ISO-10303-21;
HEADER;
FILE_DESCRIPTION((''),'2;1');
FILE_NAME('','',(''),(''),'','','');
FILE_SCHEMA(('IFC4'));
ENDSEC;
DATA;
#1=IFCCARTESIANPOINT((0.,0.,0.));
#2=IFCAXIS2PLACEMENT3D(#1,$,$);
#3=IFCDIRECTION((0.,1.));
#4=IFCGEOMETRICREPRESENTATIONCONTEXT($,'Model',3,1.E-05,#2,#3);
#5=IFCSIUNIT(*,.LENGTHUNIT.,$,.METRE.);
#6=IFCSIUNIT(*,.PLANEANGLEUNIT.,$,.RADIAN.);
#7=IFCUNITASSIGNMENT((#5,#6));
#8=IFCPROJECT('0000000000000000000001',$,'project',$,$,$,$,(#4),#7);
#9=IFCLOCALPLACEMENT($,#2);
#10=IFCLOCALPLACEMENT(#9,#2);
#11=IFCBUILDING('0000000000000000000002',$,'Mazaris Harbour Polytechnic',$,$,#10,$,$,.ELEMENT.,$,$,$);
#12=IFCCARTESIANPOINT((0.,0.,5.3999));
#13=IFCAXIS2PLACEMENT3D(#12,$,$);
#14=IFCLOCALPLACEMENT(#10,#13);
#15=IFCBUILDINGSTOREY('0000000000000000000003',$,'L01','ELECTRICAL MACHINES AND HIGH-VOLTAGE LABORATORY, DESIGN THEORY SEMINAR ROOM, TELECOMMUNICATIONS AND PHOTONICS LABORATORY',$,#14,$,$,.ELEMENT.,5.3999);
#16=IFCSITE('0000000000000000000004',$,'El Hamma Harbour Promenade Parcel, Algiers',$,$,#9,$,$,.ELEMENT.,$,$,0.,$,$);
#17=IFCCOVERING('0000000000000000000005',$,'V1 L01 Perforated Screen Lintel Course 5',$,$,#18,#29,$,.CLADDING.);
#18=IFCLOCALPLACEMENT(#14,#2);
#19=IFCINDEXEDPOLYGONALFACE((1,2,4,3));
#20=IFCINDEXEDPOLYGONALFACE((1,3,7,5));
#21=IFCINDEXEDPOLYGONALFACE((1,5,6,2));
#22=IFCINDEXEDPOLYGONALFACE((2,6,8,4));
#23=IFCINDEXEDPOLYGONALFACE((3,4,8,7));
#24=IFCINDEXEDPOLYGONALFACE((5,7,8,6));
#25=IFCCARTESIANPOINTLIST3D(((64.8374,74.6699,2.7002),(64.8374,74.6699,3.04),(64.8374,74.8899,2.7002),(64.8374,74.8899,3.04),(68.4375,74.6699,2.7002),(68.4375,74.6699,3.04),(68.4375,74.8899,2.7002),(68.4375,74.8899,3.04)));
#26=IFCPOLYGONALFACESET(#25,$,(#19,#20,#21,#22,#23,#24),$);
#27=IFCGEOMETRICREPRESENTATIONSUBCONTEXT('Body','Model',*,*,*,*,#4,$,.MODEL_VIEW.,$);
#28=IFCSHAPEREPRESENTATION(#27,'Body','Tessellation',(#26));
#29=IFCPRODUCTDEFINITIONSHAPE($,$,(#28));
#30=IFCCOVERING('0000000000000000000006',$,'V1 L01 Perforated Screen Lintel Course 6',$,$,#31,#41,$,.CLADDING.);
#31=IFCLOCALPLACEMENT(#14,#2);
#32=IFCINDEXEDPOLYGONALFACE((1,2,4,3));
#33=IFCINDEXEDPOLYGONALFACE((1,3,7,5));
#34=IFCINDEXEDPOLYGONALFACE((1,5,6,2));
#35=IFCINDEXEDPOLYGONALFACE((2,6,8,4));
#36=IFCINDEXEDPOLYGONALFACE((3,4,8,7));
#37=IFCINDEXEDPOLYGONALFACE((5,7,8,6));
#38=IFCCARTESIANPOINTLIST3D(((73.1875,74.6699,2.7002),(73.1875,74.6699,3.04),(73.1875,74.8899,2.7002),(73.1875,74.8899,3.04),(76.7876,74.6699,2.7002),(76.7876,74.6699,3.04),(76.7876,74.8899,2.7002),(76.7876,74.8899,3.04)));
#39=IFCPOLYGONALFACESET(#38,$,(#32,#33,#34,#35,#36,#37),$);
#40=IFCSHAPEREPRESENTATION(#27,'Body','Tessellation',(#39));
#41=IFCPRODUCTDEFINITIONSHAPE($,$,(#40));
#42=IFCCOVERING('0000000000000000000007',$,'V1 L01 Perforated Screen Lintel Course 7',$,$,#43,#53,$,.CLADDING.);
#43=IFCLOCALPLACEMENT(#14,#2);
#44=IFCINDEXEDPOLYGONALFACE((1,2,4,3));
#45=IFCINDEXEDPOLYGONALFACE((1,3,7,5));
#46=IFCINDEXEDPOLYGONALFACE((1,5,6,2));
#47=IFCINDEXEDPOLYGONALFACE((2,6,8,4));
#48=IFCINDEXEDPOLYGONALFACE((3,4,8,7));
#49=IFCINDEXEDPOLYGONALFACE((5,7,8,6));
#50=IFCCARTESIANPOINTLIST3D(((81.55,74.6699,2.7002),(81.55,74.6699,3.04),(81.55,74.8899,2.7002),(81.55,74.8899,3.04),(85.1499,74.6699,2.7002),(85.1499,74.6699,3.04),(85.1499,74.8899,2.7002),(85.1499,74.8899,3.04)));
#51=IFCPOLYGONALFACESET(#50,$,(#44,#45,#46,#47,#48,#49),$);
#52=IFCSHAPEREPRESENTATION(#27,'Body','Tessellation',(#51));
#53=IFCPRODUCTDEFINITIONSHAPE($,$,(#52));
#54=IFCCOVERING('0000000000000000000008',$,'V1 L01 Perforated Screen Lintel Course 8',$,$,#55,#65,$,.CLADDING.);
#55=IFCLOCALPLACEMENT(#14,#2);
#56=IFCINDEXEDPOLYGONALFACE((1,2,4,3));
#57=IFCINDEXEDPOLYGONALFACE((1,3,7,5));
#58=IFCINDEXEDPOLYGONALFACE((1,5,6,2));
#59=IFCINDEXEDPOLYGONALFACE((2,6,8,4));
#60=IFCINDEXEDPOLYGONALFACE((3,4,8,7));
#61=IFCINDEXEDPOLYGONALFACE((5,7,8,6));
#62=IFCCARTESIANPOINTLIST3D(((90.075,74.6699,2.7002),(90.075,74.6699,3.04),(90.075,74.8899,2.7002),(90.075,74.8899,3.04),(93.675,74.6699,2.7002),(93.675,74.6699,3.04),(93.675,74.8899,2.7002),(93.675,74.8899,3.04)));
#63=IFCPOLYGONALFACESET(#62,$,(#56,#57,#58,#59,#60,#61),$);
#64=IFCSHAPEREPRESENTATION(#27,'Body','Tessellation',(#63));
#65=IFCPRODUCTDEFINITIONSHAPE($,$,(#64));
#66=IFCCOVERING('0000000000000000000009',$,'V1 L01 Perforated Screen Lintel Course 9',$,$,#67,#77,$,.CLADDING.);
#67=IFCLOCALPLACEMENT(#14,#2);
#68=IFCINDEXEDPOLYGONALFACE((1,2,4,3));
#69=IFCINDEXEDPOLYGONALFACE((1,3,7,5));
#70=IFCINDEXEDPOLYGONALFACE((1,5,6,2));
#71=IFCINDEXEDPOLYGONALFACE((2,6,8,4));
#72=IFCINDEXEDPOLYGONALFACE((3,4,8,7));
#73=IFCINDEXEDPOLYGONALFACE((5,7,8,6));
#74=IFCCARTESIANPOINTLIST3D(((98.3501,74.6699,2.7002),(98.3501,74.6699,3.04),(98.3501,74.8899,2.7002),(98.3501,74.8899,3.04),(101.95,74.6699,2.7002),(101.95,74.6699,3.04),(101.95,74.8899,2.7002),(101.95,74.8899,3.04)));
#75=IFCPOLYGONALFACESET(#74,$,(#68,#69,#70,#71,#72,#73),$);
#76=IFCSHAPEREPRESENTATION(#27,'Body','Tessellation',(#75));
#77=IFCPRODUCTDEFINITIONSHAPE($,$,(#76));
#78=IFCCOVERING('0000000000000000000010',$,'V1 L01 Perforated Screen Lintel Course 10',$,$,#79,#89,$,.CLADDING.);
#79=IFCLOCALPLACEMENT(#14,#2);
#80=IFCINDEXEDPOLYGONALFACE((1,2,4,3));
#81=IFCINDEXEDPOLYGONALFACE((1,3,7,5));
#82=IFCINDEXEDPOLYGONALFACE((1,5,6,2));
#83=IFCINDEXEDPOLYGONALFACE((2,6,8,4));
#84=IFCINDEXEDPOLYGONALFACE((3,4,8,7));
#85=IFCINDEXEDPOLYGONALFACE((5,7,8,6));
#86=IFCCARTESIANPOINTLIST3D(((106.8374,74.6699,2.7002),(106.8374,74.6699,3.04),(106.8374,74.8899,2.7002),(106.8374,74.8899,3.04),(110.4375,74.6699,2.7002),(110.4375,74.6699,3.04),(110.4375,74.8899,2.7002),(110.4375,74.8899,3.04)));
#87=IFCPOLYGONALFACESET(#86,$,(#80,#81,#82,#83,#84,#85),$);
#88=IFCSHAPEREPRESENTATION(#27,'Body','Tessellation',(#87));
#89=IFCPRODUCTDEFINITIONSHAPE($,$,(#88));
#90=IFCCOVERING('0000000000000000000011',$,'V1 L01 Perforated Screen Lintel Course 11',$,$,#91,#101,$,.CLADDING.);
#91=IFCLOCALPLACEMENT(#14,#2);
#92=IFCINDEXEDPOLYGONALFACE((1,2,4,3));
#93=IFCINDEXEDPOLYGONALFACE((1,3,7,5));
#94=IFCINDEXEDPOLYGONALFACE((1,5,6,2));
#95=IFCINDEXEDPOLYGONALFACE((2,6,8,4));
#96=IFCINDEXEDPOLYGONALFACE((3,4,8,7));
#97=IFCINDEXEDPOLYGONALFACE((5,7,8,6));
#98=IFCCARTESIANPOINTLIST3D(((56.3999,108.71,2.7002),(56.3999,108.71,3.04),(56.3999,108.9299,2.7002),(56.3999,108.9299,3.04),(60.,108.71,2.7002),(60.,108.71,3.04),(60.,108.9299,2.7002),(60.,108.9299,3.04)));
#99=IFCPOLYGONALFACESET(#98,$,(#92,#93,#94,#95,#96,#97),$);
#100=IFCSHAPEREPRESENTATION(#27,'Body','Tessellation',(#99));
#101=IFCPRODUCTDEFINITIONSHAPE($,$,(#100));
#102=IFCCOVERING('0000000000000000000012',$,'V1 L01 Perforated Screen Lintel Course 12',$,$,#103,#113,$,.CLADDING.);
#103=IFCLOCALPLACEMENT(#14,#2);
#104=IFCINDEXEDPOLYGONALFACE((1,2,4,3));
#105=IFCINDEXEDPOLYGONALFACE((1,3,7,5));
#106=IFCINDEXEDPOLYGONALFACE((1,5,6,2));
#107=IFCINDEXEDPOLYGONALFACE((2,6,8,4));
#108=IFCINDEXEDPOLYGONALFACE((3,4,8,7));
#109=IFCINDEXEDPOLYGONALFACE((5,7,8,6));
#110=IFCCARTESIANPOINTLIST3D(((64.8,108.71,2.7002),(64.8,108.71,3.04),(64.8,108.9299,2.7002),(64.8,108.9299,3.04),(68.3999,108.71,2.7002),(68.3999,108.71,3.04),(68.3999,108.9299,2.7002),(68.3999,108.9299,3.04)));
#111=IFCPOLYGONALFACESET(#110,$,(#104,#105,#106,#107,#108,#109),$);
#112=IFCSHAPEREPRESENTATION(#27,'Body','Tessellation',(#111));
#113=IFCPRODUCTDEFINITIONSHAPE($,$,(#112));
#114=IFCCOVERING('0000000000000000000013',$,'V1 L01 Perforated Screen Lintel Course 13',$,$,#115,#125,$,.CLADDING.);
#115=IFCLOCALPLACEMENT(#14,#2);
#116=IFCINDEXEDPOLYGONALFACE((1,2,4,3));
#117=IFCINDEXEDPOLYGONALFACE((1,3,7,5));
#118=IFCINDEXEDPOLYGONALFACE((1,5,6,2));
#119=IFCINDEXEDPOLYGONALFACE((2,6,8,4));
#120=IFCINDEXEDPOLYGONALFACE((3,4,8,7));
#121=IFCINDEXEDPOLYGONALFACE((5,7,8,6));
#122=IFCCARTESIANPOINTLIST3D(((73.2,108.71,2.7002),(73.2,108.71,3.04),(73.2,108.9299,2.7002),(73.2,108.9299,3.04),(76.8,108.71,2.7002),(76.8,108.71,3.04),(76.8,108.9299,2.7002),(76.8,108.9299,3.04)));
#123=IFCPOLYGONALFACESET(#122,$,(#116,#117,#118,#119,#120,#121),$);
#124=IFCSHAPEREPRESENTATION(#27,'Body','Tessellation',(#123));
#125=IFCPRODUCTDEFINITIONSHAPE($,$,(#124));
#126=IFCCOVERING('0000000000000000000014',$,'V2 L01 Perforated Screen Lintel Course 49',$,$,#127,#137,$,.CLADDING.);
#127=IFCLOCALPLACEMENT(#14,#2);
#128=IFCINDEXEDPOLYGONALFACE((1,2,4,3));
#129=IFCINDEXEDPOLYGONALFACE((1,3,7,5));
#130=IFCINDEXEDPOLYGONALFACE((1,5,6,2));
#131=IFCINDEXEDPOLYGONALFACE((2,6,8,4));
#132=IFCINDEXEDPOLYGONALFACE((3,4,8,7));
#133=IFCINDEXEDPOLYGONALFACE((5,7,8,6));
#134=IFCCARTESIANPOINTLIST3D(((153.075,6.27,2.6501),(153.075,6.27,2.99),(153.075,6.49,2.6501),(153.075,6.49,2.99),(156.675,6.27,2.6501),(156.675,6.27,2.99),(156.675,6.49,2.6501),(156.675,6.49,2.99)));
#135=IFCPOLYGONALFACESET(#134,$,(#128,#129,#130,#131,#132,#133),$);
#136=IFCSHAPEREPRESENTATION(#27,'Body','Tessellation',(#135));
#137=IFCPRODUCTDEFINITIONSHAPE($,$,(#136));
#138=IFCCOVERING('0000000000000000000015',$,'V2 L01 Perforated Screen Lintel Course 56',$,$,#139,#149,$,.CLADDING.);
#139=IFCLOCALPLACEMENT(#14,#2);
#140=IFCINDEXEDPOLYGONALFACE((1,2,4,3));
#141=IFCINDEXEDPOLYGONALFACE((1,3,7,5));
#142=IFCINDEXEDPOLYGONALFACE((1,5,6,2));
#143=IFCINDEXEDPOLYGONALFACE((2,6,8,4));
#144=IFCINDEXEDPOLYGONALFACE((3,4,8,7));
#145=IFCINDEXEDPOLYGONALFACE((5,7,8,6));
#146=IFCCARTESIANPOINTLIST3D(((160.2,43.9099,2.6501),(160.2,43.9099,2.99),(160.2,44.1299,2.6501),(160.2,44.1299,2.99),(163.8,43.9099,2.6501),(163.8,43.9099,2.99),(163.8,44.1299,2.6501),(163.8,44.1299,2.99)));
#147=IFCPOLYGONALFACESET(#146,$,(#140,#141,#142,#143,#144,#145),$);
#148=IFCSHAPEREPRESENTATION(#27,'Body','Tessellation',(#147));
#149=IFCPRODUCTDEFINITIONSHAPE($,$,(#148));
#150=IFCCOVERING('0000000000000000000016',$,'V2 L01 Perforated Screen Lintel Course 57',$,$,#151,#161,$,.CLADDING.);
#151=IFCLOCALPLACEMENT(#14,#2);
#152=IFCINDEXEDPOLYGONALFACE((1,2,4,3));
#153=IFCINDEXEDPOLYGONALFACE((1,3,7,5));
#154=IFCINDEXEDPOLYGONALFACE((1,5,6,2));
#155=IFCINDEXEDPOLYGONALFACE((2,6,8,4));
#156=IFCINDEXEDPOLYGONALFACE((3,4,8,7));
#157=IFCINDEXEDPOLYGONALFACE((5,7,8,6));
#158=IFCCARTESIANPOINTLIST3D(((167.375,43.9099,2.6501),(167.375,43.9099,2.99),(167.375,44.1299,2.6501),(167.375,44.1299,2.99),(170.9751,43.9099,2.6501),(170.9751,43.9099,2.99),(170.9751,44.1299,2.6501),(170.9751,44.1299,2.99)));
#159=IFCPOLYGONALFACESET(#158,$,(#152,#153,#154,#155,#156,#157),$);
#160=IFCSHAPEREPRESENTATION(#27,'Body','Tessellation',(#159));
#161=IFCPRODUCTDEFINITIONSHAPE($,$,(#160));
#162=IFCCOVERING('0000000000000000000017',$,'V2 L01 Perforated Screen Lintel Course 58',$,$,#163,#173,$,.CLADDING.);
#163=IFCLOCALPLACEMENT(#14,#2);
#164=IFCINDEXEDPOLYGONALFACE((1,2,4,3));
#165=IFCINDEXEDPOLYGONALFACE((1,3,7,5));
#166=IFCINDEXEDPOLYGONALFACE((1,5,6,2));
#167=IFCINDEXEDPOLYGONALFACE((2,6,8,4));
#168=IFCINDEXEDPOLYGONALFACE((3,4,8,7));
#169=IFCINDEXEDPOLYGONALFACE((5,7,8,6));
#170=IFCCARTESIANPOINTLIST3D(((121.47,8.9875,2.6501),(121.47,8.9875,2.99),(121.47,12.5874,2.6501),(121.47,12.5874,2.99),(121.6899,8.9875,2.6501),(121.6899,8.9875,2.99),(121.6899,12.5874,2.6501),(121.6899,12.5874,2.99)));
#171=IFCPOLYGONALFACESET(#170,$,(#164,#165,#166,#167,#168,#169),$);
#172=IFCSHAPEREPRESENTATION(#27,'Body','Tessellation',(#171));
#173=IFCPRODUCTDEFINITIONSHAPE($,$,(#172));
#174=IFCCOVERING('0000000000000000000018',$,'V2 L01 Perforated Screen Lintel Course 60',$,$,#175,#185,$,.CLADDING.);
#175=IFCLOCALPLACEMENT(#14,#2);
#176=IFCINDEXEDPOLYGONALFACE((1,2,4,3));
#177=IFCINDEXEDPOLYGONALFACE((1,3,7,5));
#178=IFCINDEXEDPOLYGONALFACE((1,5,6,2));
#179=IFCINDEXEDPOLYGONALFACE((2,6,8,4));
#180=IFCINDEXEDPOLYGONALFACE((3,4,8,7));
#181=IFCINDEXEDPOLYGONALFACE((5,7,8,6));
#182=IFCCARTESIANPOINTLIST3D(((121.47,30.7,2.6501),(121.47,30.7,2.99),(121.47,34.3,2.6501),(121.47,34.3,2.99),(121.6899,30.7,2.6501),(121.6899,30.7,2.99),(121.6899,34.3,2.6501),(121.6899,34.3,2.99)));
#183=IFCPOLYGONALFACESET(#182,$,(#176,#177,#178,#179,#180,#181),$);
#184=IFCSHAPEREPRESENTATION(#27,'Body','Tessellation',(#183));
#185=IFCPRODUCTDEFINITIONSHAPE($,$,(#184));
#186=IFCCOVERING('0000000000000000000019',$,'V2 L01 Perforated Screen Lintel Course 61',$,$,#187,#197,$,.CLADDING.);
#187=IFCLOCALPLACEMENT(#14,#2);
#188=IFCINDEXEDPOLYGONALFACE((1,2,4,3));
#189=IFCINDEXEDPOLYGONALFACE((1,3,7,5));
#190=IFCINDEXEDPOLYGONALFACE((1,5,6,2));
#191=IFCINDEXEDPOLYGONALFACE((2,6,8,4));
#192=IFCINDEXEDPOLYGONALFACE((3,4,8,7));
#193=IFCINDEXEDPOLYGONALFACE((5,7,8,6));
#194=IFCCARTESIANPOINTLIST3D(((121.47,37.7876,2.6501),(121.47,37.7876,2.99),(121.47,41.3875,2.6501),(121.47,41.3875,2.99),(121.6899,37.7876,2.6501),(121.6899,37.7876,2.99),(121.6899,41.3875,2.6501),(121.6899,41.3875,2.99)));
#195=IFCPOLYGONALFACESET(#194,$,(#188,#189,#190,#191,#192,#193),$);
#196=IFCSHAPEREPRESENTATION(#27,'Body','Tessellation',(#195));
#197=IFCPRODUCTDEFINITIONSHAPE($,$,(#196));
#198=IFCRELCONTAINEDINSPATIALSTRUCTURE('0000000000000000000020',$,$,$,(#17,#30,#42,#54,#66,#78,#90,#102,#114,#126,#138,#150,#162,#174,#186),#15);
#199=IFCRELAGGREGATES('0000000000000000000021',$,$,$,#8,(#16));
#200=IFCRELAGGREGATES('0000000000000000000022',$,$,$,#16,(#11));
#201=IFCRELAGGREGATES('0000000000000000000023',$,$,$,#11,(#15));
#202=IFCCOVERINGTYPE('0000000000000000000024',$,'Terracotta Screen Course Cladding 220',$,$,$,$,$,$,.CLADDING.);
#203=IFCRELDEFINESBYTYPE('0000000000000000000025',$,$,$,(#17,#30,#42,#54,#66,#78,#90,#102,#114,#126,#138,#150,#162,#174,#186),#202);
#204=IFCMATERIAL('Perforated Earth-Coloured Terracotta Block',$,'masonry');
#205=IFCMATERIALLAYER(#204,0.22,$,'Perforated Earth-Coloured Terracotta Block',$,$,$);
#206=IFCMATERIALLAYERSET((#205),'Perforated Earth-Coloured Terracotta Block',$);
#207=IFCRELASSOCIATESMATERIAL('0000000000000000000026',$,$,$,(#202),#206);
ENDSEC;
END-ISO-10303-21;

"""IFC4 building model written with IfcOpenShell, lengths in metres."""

from ifc_helpers import new_model, si_unit, direction, frame, origin, place, context, subcontext, project, spatial, polyline, outline, extrude, material, layer, layer_set, type_object, element, save


model = new_model("IFC4")

# Units and contexts
model_context = context("Model", 3, precision=1e-05, world=origin(), true_north=direction((0.0, 1.0)))
body_context = subcontext(model_context, "Body", "Model", "MODEL_VIEW")
ifc_project = project(units=[si_unit("LENGTHUNIT", "METRE"), si_unit("PLANEANGLEUNIT", "RADIAN")], contexts=[model_context])

# Site, building, storey
site_placement = place(None, origin())
site = spatial("IfcSite", under=ifc_project, at=site_placement, Name="El Hamma Harbour Promenade Parcel, Algiers", CompositionType="ELEMENT", RefElevation=0.0)
building_placement = place(site_placement, origin())
building = spatial("IfcBuilding", under=site, at=building_placement, Name="Mazaris Harbour Polytechnic", CompositionType="ELEMENT")
storey_placement = place(building_placement, frame((0.0, 0.0, 5.3999)))
storey = spatial("IfcBuildingStorey", under=building, at=storey_placement, Name="L01", Description="ELECTRICAL MACHINES AND HIGH-VOLTAGE LABORATORY, DESIGN THEORY SEMINAR ROOM, TELECOMMUNICATIONS AND PHOTONICS LABORATORY", CompositionType="ELEMENT", Elevation=5.3999)

# Coverings
ifc_material = material(Name="Perforated Earth-Coloured Terracotta Block", Category="masonry")
ifc_layer = layer(ifc_material, 0.22, Name="Perforated Earth-Coloured Terracotta Block")
ifc_layer_set = layer_set([ifc_layer], Name="Perforated Earth-Coloured Terracotta Block")
covering_type = type_object("IfcCoveringType", Name="Terracotta Screen Course Cladding 220", PredefinedType="CLADDING", material=ifc_layer_set)
covering_1_placement = place(storey_placement, frame((0.0, 0.0, 2.7002)))
element("IfcCovering", 1, at=covering_1_placement, inside=storey, type_object=covering_type, Name="V1 L01 Perforated Screen Lintel Course 5", PredefinedType="CLADDING", context=body_context, shape_type="SweptSolid", body=[
    extrude(outline(polyline([(68.4375, 74.8899), (64.8374, 74.8899), (64.8374, 74.6699), (68.4375, 74.6699), (68.4375, 74.8899)])), origin(), (0.0, 0.0, 1.0), 0.3398),
])
covering_2_placement = place(storey_placement, frame((0.0, 0.0, 2.7002)))
element("IfcCovering", 2, at=covering_2_placement, inside=storey, type_object=covering_type, Name="V1 L01 Perforated Screen Lintel Course 6", PredefinedType="CLADDING", context=body_context, shape_type="SweptSolid", body=[
    extrude(outline(polyline([(76.7876, 74.8899), (73.1875, 74.8899), (73.1875, 74.6699), (76.7876, 74.6699), (76.7876, 74.8899)])), origin(), (0.0, 0.0, 1.0), 0.3398),
])
covering_3_placement = place(storey_placement, frame((0.0, 0.0, 2.7002)))
element("IfcCovering", 3, at=covering_3_placement, inside=storey, type_object=covering_type, Name="V1 L01 Perforated Screen Lintel Course 7", PredefinedType="CLADDING", context=body_context, shape_type="SweptSolid", body=[
    extrude(outline(polyline([(85.1499, 74.8899), (81.55, 74.8899), (81.55, 74.6699), (85.1499, 74.6699), (85.1499, 74.8899)])), origin(), (0.0, 0.0, 1.0), 0.3398),
])
covering_4_placement = place(storey_placement, frame((0.0, 0.0, 2.7002)))
element("IfcCovering", 4, at=covering_4_placement, inside=storey, type_object=covering_type, Name="V1 L01 Perforated Screen Lintel Course 8", PredefinedType="CLADDING", context=body_context, shape_type="SweptSolid", body=[
    extrude(outline(polyline([(93.675, 74.8899), (90.075, 74.8899), (90.075, 74.6699), (93.675, 74.6699), (93.675, 74.8899)])), origin(), (0.0, 0.0, 1.0), 0.3398),
])
covering_5_placement = place(storey_placement, frame((0.0, 0.0, 2.7002)))
element("IfcCovering", 5, at=covering_5_placement, inside=storey, type_object=covering_type, Name="V1 L01 Perforated Screen Lintel Course 9", PredefinedType="CLADDING", context=body_context, shape_type="SweptSolid", body=[
    extrude(outline(polyline([(101.95, 74.8899), (98.3501, 74.8899), (98.3501, 74.6699), (101.95, 74.6699), (101.95, 74.8899)])), origin(), (0.0, 0.0, 1.0), 0.3398),
])
covering_6_placement = place(storey_placement, frame((0.0, 0.0, 2.7002)))
element("IfcCovering", 6, at=covering_6_placement, inside=storey, type_object=covering_type, Name="V1 L01 Perforated Screen Lintel Course 10", PredefinedType="CLADDING", context=body_context, shape_type="SweptSolid", body=[
    extrude(outline(polyline([(110.4375, 74.8899), (106.8374, 74.8899), (106.8374, 74.6699), (110.4375, 74.6699), (110.4375, 74.8899)])), origin(), (0.0, 0.0, 1.0), 0.3398),
])
covering_7_placement = place(storey_placement, frame((0.0, 0.0, 2.7002)))
element("IfcCovering", 7, at=covering_7_placement, inside=storey, type_object=covering_type, Name="V1 L01 Perforated Screen Lintel Course 11", PredefinedType="CLADDING", context=body_context, shape_type="SweptSolid", body=[
    extrude(outline(polyline([(56.3999, 108.71), (60.0, 108.71), (60.0, 108.9299), (56.3999, 108.9299), (56.3999, 108.71)])), origin(), (0.0, 0.0, 1.0), 0.3398),
])
covering_8_placement = place(storey_placement, frame((0.0, 0.0, 2.7002)))
element("IfcCovering", 8, at=covering_8_placement, inside=storey, type_object=covering_type, Name="V1 L01 Perforated Screen Lintel Course 12", PredefinedType="CLADDING", context=body_context, shape_type="SweptSolid", body=[
    extrude(outline(polyline([(64.8, 108.71), (68.3999, 108.71), (68.3999, 108.9299), (64.8, 108.9299), (64.8, 108.71)])), origin(), (0.0, 0.0, 1.0), 0.3398),
])
covering_9_placement = place(storey_placement, frame((0.0, 0.0, 2.7002)))
element("IfcCovering", 9, at=covering_9_placement, inside=storey, type_object=covering_type, Name="V1 L01 Perforated Screen Lintel Course 13", PredefinedType="CLADDING", context=body_context, shape_type="SweptSolid", body=[
    extrude(outline(polyline([(73.2, 108.71), (76.8, 108.71), (76.8, 108.9299), (73.2, 108.9299), (73.2, 108.71)])), origin(), (0.0, 0.0, 1.0), 0.3398),
])
covering_10_placement = place(storey_placement, frame((0.0, 0.0, 2.6501)))
element("IfcCovering", 10, at=covering_10_placement, inside=storey, type_object=covering_type, Name="V2 L01 Perforated Screen Lintel Course 49", PredefinedType="CLADDING", context=body_context, shape_type="SweptSolid", body=[
    extrude(outline(polyline([(156.675, 6.49), (153.075, 6.49), (153.075, 6.27), (156.675, 6.27), (156.675, 6.49)])), origin(), (0.0, 0.0, 1.0), 0.3398),
])
covering_11_placement = place(storey_placement, frame((0.0, 0.0, 2.6501)))
element("IfcCovering", 11, at=covering_11_placement, inside=storey, type_object=covering_type, Name="V2 L01 Perforated Screen Lintel Course 56", PredefinedType="CLADDING", context=body_context, shape_type="SweptSolid", body=[
    extrude(outline(polyline([(160.2, 43.9099), (163.8, 43.9099), (163.8, 44.1299), (160.2, 44.1299), (160.2, 43.9099)])), origin(), (0.0, 0.0, 1.0), 0.3398),
])
covering_12_placement = place(storey_placement, frame((0.0, 0.0, 2.6501)))
element("IfcCovering", 12, at=covering_12_placement, inside=storey, type_object=covering_type, Name="V2 L01 Perforated Screen Lintel Course 57", PredefinedType="CLADDING", context=body_context, shape_type="SweptSolid", body=[
    extrude(outline(polyline([(167.375, 43.9099), (170.9751, 43.9099), (170.9751, 44.1299), (167.375, 44.1299), (167.375, 43.9099)])), origin(), (0.0, 0.0, 1.0), 0.3398),
])
covering_13_placement = place(storey_placement, frame((0.0, 0.0, 2.6501)))
element("IfcCovering", 13, at=covering_13_placement, inside=storey, type_object=covering_type, Name="V2 L01 Perforated Screen Lintel Course 58", PredefinedType="CLADDING", context=body_context, shape_type="SweptSolid", body=[
    extrude(outline(polyline([(121.6899, 8.9875), (121.6899, 12.5874), (121.47, 12.5874), (121.47, 8.9875), (121.6899, 8.9875)])), origin(), (0.0, 0.0, 1.0), 0.3398),
])
covering_14_placement = place(storey_placement, frame((0.0, 0.0, 2.6501)))
element("IfcCovering", 14, at=covering_14_placement, inside=storey, type_object=covering_type, Name="V2 L01 Perforated Screen Lintel Course 60", PredefinedType="CLADDING", context=body_context, shape_type="SweptSolid", body=[
    extrude(outline(polyline([(121.6899, 30.7), (121.6899, 34.3), (121.47, 34.3), (121.47, 30.7), (121.6899, 30.7)])), origin(), (0.0, 0.0, 1.0), 0.3398),
])
covering_15_placement = place(storey_placement, frame((0.0, 0.0, 2.6501)))
element("IfcCovering", 15, at=covering_15_placement, inside=storey, type_object=covering_type, Name="V2 L01 Perforated Screen Lintel Course 61", PredefinedType="CLADDING", context=body_context, shape_type="SweptSolid", body=[
    extrude(outline(polyline([(121.6899, 37.7876), (121.6899, 41.3875), (121.47, 41.3875), (121.47, 37.7876), (121.6899, 37.7876)])), origin(), (0.0, 0.0, 1.0), 0.3398),
])

save(model, "model.ifc")
